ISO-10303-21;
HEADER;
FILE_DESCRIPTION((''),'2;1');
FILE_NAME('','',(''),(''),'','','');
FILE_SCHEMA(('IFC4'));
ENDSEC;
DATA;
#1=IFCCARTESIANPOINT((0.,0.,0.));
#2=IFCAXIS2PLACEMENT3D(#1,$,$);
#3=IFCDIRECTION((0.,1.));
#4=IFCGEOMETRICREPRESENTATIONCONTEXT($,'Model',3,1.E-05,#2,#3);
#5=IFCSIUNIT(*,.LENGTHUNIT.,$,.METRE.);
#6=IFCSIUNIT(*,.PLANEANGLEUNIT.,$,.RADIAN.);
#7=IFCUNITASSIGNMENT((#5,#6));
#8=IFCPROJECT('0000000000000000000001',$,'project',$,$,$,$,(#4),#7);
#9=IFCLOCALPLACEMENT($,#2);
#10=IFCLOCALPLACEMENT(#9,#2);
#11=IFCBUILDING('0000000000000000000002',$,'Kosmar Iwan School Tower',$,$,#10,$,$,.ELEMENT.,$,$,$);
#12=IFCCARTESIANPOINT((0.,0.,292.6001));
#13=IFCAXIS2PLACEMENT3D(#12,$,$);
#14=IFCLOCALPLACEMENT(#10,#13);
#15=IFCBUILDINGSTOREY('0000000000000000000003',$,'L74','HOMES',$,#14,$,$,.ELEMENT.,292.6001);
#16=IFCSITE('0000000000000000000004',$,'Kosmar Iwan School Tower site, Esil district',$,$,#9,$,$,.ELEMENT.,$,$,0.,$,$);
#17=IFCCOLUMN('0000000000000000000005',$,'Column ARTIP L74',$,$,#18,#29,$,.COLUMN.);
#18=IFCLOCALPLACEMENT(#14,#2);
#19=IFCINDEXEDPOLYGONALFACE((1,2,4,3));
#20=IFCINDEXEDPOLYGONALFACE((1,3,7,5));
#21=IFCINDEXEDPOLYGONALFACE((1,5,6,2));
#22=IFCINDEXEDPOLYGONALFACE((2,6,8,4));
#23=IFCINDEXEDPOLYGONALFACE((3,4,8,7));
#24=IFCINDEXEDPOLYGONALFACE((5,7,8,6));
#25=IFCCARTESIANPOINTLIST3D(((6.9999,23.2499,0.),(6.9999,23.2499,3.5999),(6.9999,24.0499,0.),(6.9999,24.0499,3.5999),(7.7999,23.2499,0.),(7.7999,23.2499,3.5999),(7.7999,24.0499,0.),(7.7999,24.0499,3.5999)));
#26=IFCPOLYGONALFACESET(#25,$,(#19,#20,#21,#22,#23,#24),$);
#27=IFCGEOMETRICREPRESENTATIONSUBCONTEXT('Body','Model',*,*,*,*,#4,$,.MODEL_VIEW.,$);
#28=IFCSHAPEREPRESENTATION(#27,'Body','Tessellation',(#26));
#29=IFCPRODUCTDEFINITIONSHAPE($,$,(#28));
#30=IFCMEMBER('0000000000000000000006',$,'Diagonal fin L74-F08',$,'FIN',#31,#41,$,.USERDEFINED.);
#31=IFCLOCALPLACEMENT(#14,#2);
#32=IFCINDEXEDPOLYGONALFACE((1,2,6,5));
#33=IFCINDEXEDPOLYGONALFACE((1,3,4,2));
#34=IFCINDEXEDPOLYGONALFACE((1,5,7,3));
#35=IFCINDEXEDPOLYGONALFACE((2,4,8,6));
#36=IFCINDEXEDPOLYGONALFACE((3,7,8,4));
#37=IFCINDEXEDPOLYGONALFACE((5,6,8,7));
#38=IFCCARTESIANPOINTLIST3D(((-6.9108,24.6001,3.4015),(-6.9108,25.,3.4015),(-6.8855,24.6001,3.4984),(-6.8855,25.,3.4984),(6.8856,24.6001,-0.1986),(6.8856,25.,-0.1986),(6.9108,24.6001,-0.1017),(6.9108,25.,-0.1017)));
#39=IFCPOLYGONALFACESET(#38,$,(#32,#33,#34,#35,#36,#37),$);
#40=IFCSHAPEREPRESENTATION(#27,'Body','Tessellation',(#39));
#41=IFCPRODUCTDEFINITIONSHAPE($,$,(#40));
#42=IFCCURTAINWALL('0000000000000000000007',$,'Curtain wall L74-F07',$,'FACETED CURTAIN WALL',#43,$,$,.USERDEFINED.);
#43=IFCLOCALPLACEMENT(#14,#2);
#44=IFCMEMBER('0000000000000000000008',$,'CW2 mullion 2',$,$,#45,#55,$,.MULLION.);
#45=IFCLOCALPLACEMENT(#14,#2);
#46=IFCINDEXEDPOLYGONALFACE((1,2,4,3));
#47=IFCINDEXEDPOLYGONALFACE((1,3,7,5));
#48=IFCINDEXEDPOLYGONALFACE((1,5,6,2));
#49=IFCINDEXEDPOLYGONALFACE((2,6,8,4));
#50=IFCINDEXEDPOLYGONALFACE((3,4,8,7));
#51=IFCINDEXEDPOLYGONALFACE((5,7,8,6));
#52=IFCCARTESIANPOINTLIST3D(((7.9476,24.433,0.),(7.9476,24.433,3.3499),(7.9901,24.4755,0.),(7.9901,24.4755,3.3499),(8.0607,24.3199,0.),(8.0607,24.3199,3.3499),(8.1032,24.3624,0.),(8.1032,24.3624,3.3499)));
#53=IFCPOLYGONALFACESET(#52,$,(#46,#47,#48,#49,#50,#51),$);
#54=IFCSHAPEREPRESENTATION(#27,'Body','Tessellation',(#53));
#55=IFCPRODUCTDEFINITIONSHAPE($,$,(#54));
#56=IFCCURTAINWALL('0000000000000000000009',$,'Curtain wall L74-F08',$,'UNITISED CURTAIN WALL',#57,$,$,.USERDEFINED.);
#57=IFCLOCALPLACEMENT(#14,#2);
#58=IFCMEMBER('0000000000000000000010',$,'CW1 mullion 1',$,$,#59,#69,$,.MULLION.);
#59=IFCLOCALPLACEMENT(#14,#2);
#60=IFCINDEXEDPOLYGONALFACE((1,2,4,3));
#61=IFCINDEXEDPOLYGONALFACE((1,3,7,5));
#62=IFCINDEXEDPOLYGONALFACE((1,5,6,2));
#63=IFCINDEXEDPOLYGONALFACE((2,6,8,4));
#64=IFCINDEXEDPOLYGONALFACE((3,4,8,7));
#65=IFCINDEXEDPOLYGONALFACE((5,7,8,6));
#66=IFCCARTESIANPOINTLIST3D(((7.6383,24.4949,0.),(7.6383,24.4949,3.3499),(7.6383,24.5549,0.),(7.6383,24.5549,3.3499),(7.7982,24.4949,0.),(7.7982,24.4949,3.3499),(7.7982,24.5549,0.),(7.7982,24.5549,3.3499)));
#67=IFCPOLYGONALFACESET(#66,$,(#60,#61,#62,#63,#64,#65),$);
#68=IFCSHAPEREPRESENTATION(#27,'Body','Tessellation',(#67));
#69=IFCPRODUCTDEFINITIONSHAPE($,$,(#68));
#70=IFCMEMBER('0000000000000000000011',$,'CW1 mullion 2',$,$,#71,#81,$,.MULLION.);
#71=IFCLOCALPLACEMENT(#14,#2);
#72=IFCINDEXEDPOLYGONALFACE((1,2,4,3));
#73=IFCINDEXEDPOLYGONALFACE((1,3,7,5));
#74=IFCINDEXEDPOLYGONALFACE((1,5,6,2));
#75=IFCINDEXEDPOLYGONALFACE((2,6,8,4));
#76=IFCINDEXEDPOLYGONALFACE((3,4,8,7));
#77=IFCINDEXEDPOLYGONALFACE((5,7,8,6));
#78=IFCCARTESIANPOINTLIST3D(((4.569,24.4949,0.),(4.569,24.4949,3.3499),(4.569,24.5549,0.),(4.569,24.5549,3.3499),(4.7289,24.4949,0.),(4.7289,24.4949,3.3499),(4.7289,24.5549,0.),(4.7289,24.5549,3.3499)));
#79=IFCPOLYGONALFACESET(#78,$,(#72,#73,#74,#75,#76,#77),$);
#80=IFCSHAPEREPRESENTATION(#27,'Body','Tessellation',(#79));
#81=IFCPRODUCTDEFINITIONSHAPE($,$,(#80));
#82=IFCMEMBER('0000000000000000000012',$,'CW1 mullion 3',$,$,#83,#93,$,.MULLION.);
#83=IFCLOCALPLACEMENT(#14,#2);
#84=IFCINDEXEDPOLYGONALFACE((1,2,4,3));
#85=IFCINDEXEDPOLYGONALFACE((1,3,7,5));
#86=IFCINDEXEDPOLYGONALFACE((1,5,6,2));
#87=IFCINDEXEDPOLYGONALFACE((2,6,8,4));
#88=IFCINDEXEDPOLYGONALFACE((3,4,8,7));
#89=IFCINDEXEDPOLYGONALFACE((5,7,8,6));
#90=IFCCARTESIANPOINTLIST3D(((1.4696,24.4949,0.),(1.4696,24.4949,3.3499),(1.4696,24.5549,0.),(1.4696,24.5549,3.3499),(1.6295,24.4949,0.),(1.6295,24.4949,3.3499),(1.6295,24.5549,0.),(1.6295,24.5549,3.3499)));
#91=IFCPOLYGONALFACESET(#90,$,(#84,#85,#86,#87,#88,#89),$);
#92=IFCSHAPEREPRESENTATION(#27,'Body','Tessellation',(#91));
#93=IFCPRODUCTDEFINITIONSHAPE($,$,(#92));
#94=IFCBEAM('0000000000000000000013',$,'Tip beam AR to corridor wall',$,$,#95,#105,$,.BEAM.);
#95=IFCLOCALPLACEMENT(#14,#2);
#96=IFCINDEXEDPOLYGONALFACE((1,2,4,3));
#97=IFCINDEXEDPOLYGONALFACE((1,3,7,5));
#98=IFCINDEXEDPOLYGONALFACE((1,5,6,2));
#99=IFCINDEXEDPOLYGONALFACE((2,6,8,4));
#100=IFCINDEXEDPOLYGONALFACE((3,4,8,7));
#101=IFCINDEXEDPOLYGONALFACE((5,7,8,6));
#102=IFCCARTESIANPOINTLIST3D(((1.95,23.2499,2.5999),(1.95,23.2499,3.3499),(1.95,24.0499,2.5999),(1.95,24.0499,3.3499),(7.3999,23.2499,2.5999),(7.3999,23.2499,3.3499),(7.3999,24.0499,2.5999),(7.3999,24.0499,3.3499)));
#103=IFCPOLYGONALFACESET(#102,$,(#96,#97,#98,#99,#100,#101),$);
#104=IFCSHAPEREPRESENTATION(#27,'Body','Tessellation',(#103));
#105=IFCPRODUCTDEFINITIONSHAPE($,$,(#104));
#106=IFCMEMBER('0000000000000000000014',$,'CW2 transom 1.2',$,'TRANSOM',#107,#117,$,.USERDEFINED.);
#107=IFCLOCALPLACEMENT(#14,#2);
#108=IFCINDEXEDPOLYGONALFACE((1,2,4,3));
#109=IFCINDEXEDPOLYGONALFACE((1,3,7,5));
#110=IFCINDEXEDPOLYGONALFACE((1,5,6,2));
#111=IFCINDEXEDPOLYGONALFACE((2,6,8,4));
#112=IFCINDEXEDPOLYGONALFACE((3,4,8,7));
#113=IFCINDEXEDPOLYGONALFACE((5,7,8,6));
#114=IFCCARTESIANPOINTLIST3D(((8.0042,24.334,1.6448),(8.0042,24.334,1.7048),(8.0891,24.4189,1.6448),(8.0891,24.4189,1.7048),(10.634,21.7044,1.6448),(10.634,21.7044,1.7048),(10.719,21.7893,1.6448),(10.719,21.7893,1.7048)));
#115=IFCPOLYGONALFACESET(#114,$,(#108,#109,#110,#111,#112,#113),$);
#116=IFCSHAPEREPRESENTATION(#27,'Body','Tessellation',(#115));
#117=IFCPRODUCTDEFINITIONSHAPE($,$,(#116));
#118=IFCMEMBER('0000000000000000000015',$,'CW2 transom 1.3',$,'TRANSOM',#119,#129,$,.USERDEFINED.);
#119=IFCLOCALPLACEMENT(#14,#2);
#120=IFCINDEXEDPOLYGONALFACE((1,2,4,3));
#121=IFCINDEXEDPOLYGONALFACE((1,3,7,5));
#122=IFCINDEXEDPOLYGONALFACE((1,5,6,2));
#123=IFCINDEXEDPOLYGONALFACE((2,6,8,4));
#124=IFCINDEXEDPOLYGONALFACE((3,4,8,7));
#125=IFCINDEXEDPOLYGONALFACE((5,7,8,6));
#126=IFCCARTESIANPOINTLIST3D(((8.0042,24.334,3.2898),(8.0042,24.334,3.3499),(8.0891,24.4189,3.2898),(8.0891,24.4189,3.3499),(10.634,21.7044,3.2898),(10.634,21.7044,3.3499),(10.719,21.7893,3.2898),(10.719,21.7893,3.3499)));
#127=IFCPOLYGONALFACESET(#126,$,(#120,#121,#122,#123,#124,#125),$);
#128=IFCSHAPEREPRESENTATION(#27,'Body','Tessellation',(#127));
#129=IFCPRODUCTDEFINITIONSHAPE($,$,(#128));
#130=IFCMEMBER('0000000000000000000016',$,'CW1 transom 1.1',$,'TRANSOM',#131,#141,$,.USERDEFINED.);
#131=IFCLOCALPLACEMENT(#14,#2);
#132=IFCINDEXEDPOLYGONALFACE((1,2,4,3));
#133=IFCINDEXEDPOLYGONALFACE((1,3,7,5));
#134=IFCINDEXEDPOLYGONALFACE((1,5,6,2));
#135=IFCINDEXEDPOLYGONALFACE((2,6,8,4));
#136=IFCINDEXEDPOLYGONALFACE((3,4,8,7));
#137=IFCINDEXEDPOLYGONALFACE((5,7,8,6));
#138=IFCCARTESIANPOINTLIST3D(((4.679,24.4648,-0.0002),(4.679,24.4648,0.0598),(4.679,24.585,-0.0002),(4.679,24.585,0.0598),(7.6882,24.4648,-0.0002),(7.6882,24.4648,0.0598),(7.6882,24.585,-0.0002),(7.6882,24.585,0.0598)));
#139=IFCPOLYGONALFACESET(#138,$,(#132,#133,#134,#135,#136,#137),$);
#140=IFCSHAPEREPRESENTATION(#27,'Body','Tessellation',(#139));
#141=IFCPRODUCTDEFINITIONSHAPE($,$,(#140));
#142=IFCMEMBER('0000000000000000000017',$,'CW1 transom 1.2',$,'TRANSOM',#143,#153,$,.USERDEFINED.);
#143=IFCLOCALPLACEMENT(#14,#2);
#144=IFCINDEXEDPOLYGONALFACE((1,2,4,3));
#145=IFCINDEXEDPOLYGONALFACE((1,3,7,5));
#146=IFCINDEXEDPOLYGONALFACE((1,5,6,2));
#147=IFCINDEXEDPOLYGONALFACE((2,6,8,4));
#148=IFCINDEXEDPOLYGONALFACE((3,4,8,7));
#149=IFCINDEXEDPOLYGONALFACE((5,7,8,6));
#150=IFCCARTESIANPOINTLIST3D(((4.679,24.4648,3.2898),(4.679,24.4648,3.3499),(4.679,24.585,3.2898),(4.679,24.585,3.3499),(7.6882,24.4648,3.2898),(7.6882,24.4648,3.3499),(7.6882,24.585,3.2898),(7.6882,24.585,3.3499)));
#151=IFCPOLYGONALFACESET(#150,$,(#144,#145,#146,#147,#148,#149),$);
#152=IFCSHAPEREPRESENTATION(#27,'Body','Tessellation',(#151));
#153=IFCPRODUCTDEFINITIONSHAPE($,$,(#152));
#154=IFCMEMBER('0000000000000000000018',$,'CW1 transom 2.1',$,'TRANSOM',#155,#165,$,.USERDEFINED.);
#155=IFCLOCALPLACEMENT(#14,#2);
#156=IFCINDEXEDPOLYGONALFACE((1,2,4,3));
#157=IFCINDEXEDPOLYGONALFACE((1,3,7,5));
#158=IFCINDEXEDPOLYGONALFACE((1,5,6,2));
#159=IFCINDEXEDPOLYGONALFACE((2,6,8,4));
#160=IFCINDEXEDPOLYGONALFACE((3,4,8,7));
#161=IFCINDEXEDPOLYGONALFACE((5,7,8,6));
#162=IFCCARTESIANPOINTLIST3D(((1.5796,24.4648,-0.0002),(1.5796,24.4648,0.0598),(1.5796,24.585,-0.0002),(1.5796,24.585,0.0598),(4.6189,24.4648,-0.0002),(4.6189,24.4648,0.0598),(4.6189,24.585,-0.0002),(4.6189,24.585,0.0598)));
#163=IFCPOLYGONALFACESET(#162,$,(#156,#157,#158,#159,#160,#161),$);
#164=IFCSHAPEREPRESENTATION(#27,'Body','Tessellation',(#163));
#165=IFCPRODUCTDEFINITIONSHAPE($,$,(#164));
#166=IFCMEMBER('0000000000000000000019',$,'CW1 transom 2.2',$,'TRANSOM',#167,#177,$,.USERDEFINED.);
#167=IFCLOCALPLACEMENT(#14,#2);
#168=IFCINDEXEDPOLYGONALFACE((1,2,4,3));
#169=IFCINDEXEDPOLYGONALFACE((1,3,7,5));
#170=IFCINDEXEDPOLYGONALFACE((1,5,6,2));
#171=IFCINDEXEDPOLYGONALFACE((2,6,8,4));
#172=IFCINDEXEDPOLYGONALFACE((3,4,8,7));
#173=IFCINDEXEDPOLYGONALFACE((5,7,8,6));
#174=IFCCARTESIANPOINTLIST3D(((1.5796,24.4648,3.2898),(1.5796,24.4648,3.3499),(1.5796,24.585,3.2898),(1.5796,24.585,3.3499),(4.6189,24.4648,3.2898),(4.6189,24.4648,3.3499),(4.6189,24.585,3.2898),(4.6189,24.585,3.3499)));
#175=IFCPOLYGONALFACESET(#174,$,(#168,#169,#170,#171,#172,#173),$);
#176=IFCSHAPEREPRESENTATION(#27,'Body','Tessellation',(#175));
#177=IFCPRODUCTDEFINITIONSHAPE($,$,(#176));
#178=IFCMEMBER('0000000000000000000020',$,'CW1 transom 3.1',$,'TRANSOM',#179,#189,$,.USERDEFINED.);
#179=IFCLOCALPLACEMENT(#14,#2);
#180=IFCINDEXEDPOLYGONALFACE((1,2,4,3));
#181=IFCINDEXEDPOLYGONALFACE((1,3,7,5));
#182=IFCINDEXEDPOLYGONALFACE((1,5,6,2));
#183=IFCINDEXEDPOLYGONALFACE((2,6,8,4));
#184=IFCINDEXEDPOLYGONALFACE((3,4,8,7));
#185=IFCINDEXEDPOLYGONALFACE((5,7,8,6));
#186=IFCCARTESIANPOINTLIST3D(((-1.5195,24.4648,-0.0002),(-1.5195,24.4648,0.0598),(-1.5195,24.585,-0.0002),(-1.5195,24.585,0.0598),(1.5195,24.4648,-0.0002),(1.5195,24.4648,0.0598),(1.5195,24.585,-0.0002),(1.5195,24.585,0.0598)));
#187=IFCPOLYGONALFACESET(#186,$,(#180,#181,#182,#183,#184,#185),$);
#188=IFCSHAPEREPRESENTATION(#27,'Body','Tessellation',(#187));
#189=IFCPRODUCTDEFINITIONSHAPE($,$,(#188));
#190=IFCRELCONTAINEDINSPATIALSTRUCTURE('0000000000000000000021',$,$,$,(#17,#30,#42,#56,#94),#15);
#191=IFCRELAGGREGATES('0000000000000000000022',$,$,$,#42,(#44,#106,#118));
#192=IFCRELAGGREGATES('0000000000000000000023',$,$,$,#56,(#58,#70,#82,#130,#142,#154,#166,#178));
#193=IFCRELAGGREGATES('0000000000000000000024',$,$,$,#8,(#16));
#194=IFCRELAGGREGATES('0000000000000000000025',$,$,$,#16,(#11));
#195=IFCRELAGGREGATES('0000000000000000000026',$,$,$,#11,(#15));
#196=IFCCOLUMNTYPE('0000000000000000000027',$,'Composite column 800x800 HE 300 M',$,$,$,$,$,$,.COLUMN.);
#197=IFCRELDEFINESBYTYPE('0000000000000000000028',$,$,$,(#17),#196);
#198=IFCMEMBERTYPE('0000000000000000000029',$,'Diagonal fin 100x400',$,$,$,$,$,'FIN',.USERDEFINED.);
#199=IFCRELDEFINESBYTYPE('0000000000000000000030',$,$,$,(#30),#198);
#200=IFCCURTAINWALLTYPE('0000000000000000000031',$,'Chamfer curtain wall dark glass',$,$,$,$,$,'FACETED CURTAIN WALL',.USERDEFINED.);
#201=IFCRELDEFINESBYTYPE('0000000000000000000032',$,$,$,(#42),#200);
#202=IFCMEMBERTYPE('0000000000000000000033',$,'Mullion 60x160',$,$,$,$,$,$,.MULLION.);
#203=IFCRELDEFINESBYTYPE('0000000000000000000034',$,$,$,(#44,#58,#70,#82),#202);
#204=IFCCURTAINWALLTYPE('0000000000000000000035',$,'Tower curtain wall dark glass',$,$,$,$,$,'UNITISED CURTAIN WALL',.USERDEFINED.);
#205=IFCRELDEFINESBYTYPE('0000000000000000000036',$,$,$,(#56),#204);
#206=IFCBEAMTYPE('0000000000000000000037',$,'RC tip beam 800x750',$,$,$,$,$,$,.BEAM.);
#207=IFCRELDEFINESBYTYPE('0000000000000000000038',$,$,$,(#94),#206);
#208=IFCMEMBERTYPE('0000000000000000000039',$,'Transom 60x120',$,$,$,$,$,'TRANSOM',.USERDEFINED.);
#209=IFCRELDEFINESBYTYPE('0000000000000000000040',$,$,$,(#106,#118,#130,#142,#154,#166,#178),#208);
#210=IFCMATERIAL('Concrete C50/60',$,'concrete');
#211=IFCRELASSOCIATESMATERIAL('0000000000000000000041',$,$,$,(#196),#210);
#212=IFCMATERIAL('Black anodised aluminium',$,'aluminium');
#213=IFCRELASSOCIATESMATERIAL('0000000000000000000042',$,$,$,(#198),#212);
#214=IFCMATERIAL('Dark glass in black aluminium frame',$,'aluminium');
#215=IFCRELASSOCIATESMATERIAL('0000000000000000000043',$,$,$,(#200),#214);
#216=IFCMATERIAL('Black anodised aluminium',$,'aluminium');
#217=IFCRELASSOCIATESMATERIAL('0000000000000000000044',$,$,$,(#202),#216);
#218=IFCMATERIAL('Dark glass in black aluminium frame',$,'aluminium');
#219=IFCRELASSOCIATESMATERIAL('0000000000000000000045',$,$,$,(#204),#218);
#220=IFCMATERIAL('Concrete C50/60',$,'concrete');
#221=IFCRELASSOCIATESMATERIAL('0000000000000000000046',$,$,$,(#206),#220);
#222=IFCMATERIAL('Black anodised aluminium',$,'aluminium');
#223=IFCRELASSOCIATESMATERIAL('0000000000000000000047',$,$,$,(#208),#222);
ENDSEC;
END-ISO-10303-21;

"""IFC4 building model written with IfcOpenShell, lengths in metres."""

from ifc_helpers import new_model, si_unit, direction, frame, origin, origin_2d, place, context, subcontext, project, spatial, rectangle, extrude, material, material_profile, profile_set, type_object, element, aggregate, save


model = new_model("IFC4")

# Units and contexts
model_context = context("Model", 3, precision=1e-05, world=origin(), true_north=direction((0.0, 1.0)))
body_context = subcontext(model_context, "Body", "Model", "MODEL_VIEW")
ifc_project = project(units=[si_unit("LENGTHUNIT", "METRE"), si_unit("PLANEANGLEUNIT", "RADIAN")], contexts=[model_context])

# Site, building, storey
site_placement = place(None, origin())
site = spatial("IfcSite", under=ifc_project, at=site_placement, Name="Kosmar Iwan School Tower site, Esil district", CompositionType="ELEMENT", RefElevation=0.0)
building_placement = place(site_placement, origin())
building = spatial("IfcBuilding", under=site, at=building_placement, Name="Kosmar Iwan School Tower", CompositionType="ELEMENT")
storey_placement = place(building_placement, frame((0.0, 0.0, 292.6001)))
storey = spatial("IfcBuildingStorey", under=building, at=storey_placement, Name="L74", Description="HOMES", CompositionType="ELEMENT", Elevation=292.6001)

# Column
ifc_material_1 = material(Name="Concrete C50/60", Category="concrete")
ifc_material_profile_1 = material_profile(ifc_material_1, rectangle(XDim=0.8, YDim=0.8, at=origin_2d()), Name="RC 800x800 + HE 300 M")
ifc_profile_set_1 = profile_set([ifc_material_profile_1], Name="Concrete C50/60")
column_type = type_object("IfcColumnType", Name="Composite column 800x800 HE 300 M", PredefinedType="COLUMN", material=ifc_profile_set_1)
column_placement = place(storey_placement, frame((7.3999, 23.6499, 0.0), z_axis=(0.0, 0.0, 1.0), x_axis=(0.0, 1.0, 0.0)))
element("IfcColumn", 1, at=column_placement, inside=storey, type_object=column_type, Name="Column ARTIP L74", PredefinedType="COLUMN", context=body_context, shape_type="SweptSolid", body=[
    extrude(rectangle(XDim=0.8, YDim=0.8, at=origin_2d()), origin(), (0.0, 0.0, 1.0), 3.5999),
])

# Member
ifc_material_2 = material(Name="Black anodised aluminium", Category="aluminium")
ifc_material_profile_2 = material_profile(ifc_material_2, rectangle(XDim=0.1001, YDim=0.3999, at=origin_2d()), Name="FIN 100x400")
ifc_profile_set_2 = profile_set([ifc_material_profile_2], Name="Black anodised aluminium")
member_type_1 = type_object("IfcMemberType", Name="Diagonal fin 100x400", ElementType="FIN", PredefinedType="USERDEFINED", material=ifc_profile_set_2)
member_1_placement = place(storey_placement, frame((6.8982, 24.8, -0.1501), z_axis=(-0.967599, 0.0, 0.25249), x_axis=(0.25249, 0.0, 0.967599)))
element("IfcMember", 2, at=member_1_placement, inside=storey, type_object=member_type_1, Name="Diagonal fin L74-F08", ObjectType="FIN", PredefinedType="USERDEFINED", context=body_context, shape_type="SweptSolid", body=[
    extrude(rectangle(XDim=0.1001, YDim=0.3999, at=origin_2d()), origin(), (0.0, 0.0, 1.0), 14.2583),
])

# Curtain wall, member
ifc_material_3 = material(Name="Dark glass in black aluminium frame", Category="aluminium")
curtain_wall_type_1 = type_object("IfcCurtainWallType", Name="Chamfer curtain wall dark glass", ElementType="FACETED CURTAIN WALL", PredefinedType="USERDEFINED", material=ifc_material_3)
curtain_wall_1_placement = place(storey_placement, origin())
curtain_wall_1 = element("IfcCurtainWall", 3, at=curtain_wall_1_placement, inside=storey, type_object=curtain_wall_type_1, Name="Curtain wall L74-F07", ObjectType="FACETED CURTAIN WALL", PredefinedType="USERDEFINED")
ifc_material_4 = material(Name="Black anodised aluminium", Category="aluminium")
ifc_material_profile_3 = material_profile(ifc_material_4, rectangle(XDim=0.0601, YDim=0.1599, at=origin_2d()), Name="MULLION 60x160")
ifc_profile_set_3 = profile_set([ifc_material_profile_3], Name="Black anodised aluminium")
member_type_2 = type_object("IfcMemberType", Name="Mullion 60x160", PredefinedType="MULLION", material=ifc_profile_set_3)
member_2_placement = place(storey_placement, frame((8.0254, 24.3977, 0.0), z_axis=(0.0, 0.0, 1.0), x_axis=(-0.707107, -0.707107, 0.0)))
member_2 = element("IfcMember", 4, at=member_2_placement, type_object=member_type_2, Name="CW2 mullion 2", PredefinedType="MULLION", context=body_context, shape_type="SweptSolid", body=[
    extrude(rectangle(XDim=0.0601, YDim=0.1599, at=origin_2d()), origin(), (0.0, 0.0, 1.0), 3.3499),
])

# Curtain wall, members
ifc_material_5 = material(Name="Dark glass in black aluminium frame", Category="aluminium")
curtain_wall_type_2 = type_object("IfcCurtainWallType", Name="Tower curtain wall dark glass", ElementType="UNITISED CURTAIN WALL", PredefinedType="USERDEFINED", material=ifc_material_5)
curtain_wall_2_placement = place(storey_placement, origin())
curtain_wall_2 = element("IfcCurtainWall", 5, at=curtain_wall_2_placement, inside=storey, type_object=curtain_wall_type_2, Name="Curtain wall L74-F08", ObjectType="UNITISED CURTAIN WALL", PredefinedType="USERDEFINED")
member_3_placement = place(storey_placement, frame((7.7183, 24.5249, 0.0), z_axis=(0.0, 0.0, 1.0), x_axis=(0.0, -1.0, 0.0)))
member_3 = element("IfcMember", 6, at=member_3_placement, type_object=member_type_2, Name="CW1 mullion 1", PredefinedType="MULLION", context=body_context, shape_type="SweptSolid", body=[
    extrude(rectangle(XDim=0.0601, YDim=0.1599, at=origin_2d()), origin(), (0.0, 0.0, 1.0), 3.3499),
])
member_4_placement = place(storey_placement, frame((4.6489, 24.5249, 0.0), z_axis=(0.0, 0.0, 1.0), x_axis=(0.0, -1.0, 0.0)))
member_4 = element("IfcMember", 7, at=member_4_placement, type_object=member_type_2, Name="CW1 mullion 2", PredefinedType="MULLION", context=body_context, shape_type="SweptSolid", body=[
    extrude(rectangle(XDim=0.0601, YDim=0.1599, at=origin_2d()), origin(), (0.0, 0.0, 1.0), 3.3499),
])
member_5_placement = place(storey_placement, frame((1.5496, 24.5249, 0.0), z_axis=(0.0, 0.0, 1.0), x_axis=(0.0, -1.0, 0.0)))
member_5 = element("IfcMember", 8, at=member_5_placement, type_object=member_type_2, Name="CW1 mullion 3", PredefinedType="MULLION", context=body_context, shape_type="SweptSolid", body=[
    extrude(rectangle(XDim=0.0601, YDim=0.1599, at=origin_2d()), origin(), (0.0, 0.0, 1.0), 3.3499),
])

# Beam
ifc_material_6 = material(Name="Concrete C50/60", Category="concrete")
ifc_material_profile_4 = material_profile(ifc_material_6, rectangle(XDim=0.8, YDim=0.75, at=origin_2d()), Name="RC 800x750")
ifc_profile_set_4 = profile_set([ifc_material_profile_4], Name="Concrete C50/60")
beam_type = type_object("IfcBeamType", Name="RC tip beam 800x750", PredefinedType="BEAM", material=ifc_profile_set_4)
beam_placement = place(storey_placement, frame((7.3999, 23.6499, 2.9749), z_axis=(-1.0, 0.0, 0.0), x_axis=(0.0, -1.0, 0.0)))
element("IfcBeam", 9, at=beam_placement, inside=storey, type_object=beam_type, Name="Tip beam AR to corridor wall", PredefinedType="BEAM", context=body_context, shape_type="SweptSolid", body=[
    extrude(rectangle(XDim=0.8, YDim=0.75, at=origin_2d()), origin(), (0.0, 0.0, 1.0), 5.45),
])

# Members
ifc_material_7 = material(Name="Black anodised aluminium", Category="aluminium")
ifc_material_profile_5 = material_profile(ifc_material_7, rectangle(XDim=0.1201, YDim=0.0601, at=origin_2d()), Name="TRANSOM 60x120")
ifc_profile_set_5 = profile_set([ifc_material_profile_5], Name="Black anodised aluminium")
member_type_3 = type_object("IfcMemberType", Name="Transom 60x120", ElementType="TRANSOM", PredefinedType="USERDEFINED", material=ifc_profile_set_5)
member_6_placement = place(storey_placement, frame((10.6765, 21.7468, 1.6748), z_axis=(-0.70714, 0.707074, 0.0), x_axis=(-0.707074, -0.70714, 0.0)))
member_6 = element("IfcMember", 10, at=member_6_placement, type_object=member_type_3, Name="CW2 transom 1.2", ObjectType="TRANSOM", PredefinedType="USERDEFINED", context=body_context, shape_type="SweptSolid", body=[
    extrude(rectangle(XDim=0.1201, YDim=0.0601, at=origin_2d()), origin(), (0.0, 0.0, 1.0), 3.719),
])
member_7_placement = place(storey_placement, frame((10.6765, 21.7468, 3.3198), z_axis=(-0.70714, 0.707074, 0.0), x_axis=(-0.707074, -0.70714, 0.0)))
member_7 = element("IfcMember", 11, at=member_7_placement, type_object=member_type_3, Name="CW2 transom 1.3", ObjectType="TRANSOM", PredefinedType="USERDEFINED", context=body_context, shape_type="SweptSolid", body=[
    extrude(rectangle(XDim=0.1201, YDim=0.0601, at=origin_2d()), origin(), (0.0, 0.0, 1.0), 3.719),
])
member_8_placement = place(storey_placement, frame((7.6882, 24.5249, 0.0298), z_axis=(-1.0, 0.0, 0.0), x_axis=(0.0, -1.0, 0.0)))
member_8 = element("IfcMember", 12, at=member_8_placement, type_object=member_type_3, Name="CW1 transom 1.1", ObjectType="TRANSOM", PredefinedType="USERDEFINED", context=body_context, shape_type="SweptSolid", body=[
    extrude(rectangle(XDim=0.1201, YDim=0.0601, at=origin_2d()), origin(), (0.0, 0.0, 1.0), 3.0093),
])
member_9_placement = place(storey_placement, frame((7.6882, 24.5249, 3.3198), z_axis=(-1.0, 0.0, 0.0), x_axis=(0.0, -1.0, 0.0)))
member_9 = element("IfcMember", 13, at=member_9_placement, type_object=member_type_3, Name="CW1 transom 1.2", ObjectType="TRANSOM", PredefinedType="USERDEFINED", context=body_context, shape_type="SweptSolid", body=[
    extrude(rectangle(XDim=0.1201, YDim=0.0601, at=origin_2d()), origin(), (0.0, 0.0, 1.0), 3.0093),
])
member_10_placement = place(storey_placement, frame((4.6189, 24.5249, 0.0298), z_axis=(-1.0, 0.0, 0.0), x_axis=(0.0, -1.0, 0.0)))
member_10 = element("IfcMember", 14, at=member_10_placement, type_object=member_type_3, Name="CW1 transom 2.1", ObjectType="TRANSOM", PredefinedType="USERDEFINED", context=body_context, shape_type="SweptSolid", body=[
    extrude(rectangle(XDim=0.1201, YDim=0.0601, at=origin_2d()), origin(), (0.0, 0.0, 1.0), 3.0393),
])
member_11_placement = place(storey_placement, frame((4.6189, 24.5249, 3.3198), z_axis=(-1.0, 0.0, 0.0), x_axis=(0.0, -1.0, 0.0)))
member_11 = element("IfcMember", 15, at=member_11_placement, type_object=member_type_3, Name="CW1 transom 2.2", ObjectType="TRANSOM", PredefinedType="USERDEFINED", context=body_context, shape_type="SweptSolid", body=[
    extrude(rectangle(XDim=0.1201, YDim=0.0601, at=origin_2d()), origin(), (0.0, 0.0, 1.0), 3.0393),
])
member_12_placement = place(storey_placement, frame((1.5195, 24.5249, 0.0298), z_axis=(-1.0, 0.0, 0.0), x_axis=(0.0, -1.0, 0.0)))
member_12 = element("IfcMember", 16, at=member_12_placement, type_object=member_type_3, Name="CW1 transom 3.1", ObjectType="TRANSOM", PredefinedType="USERDEFINED", context=body_context, shape_type="SweptSolid", body=[
    extrude(rectangle(XDim=0.1201, YDim=0.0601, at=origin_2d()), origin(), (0.0, 0.0, 1.0), 3.0391),
])

aggregate(curtain_wall_1, [member_2, member_6, member_7])
aggregate(curtain_wall_2, [member_3, member_4, member_5, member_8, member_9, member_10, member_11, member_12])

save(model, "model.ifc")
